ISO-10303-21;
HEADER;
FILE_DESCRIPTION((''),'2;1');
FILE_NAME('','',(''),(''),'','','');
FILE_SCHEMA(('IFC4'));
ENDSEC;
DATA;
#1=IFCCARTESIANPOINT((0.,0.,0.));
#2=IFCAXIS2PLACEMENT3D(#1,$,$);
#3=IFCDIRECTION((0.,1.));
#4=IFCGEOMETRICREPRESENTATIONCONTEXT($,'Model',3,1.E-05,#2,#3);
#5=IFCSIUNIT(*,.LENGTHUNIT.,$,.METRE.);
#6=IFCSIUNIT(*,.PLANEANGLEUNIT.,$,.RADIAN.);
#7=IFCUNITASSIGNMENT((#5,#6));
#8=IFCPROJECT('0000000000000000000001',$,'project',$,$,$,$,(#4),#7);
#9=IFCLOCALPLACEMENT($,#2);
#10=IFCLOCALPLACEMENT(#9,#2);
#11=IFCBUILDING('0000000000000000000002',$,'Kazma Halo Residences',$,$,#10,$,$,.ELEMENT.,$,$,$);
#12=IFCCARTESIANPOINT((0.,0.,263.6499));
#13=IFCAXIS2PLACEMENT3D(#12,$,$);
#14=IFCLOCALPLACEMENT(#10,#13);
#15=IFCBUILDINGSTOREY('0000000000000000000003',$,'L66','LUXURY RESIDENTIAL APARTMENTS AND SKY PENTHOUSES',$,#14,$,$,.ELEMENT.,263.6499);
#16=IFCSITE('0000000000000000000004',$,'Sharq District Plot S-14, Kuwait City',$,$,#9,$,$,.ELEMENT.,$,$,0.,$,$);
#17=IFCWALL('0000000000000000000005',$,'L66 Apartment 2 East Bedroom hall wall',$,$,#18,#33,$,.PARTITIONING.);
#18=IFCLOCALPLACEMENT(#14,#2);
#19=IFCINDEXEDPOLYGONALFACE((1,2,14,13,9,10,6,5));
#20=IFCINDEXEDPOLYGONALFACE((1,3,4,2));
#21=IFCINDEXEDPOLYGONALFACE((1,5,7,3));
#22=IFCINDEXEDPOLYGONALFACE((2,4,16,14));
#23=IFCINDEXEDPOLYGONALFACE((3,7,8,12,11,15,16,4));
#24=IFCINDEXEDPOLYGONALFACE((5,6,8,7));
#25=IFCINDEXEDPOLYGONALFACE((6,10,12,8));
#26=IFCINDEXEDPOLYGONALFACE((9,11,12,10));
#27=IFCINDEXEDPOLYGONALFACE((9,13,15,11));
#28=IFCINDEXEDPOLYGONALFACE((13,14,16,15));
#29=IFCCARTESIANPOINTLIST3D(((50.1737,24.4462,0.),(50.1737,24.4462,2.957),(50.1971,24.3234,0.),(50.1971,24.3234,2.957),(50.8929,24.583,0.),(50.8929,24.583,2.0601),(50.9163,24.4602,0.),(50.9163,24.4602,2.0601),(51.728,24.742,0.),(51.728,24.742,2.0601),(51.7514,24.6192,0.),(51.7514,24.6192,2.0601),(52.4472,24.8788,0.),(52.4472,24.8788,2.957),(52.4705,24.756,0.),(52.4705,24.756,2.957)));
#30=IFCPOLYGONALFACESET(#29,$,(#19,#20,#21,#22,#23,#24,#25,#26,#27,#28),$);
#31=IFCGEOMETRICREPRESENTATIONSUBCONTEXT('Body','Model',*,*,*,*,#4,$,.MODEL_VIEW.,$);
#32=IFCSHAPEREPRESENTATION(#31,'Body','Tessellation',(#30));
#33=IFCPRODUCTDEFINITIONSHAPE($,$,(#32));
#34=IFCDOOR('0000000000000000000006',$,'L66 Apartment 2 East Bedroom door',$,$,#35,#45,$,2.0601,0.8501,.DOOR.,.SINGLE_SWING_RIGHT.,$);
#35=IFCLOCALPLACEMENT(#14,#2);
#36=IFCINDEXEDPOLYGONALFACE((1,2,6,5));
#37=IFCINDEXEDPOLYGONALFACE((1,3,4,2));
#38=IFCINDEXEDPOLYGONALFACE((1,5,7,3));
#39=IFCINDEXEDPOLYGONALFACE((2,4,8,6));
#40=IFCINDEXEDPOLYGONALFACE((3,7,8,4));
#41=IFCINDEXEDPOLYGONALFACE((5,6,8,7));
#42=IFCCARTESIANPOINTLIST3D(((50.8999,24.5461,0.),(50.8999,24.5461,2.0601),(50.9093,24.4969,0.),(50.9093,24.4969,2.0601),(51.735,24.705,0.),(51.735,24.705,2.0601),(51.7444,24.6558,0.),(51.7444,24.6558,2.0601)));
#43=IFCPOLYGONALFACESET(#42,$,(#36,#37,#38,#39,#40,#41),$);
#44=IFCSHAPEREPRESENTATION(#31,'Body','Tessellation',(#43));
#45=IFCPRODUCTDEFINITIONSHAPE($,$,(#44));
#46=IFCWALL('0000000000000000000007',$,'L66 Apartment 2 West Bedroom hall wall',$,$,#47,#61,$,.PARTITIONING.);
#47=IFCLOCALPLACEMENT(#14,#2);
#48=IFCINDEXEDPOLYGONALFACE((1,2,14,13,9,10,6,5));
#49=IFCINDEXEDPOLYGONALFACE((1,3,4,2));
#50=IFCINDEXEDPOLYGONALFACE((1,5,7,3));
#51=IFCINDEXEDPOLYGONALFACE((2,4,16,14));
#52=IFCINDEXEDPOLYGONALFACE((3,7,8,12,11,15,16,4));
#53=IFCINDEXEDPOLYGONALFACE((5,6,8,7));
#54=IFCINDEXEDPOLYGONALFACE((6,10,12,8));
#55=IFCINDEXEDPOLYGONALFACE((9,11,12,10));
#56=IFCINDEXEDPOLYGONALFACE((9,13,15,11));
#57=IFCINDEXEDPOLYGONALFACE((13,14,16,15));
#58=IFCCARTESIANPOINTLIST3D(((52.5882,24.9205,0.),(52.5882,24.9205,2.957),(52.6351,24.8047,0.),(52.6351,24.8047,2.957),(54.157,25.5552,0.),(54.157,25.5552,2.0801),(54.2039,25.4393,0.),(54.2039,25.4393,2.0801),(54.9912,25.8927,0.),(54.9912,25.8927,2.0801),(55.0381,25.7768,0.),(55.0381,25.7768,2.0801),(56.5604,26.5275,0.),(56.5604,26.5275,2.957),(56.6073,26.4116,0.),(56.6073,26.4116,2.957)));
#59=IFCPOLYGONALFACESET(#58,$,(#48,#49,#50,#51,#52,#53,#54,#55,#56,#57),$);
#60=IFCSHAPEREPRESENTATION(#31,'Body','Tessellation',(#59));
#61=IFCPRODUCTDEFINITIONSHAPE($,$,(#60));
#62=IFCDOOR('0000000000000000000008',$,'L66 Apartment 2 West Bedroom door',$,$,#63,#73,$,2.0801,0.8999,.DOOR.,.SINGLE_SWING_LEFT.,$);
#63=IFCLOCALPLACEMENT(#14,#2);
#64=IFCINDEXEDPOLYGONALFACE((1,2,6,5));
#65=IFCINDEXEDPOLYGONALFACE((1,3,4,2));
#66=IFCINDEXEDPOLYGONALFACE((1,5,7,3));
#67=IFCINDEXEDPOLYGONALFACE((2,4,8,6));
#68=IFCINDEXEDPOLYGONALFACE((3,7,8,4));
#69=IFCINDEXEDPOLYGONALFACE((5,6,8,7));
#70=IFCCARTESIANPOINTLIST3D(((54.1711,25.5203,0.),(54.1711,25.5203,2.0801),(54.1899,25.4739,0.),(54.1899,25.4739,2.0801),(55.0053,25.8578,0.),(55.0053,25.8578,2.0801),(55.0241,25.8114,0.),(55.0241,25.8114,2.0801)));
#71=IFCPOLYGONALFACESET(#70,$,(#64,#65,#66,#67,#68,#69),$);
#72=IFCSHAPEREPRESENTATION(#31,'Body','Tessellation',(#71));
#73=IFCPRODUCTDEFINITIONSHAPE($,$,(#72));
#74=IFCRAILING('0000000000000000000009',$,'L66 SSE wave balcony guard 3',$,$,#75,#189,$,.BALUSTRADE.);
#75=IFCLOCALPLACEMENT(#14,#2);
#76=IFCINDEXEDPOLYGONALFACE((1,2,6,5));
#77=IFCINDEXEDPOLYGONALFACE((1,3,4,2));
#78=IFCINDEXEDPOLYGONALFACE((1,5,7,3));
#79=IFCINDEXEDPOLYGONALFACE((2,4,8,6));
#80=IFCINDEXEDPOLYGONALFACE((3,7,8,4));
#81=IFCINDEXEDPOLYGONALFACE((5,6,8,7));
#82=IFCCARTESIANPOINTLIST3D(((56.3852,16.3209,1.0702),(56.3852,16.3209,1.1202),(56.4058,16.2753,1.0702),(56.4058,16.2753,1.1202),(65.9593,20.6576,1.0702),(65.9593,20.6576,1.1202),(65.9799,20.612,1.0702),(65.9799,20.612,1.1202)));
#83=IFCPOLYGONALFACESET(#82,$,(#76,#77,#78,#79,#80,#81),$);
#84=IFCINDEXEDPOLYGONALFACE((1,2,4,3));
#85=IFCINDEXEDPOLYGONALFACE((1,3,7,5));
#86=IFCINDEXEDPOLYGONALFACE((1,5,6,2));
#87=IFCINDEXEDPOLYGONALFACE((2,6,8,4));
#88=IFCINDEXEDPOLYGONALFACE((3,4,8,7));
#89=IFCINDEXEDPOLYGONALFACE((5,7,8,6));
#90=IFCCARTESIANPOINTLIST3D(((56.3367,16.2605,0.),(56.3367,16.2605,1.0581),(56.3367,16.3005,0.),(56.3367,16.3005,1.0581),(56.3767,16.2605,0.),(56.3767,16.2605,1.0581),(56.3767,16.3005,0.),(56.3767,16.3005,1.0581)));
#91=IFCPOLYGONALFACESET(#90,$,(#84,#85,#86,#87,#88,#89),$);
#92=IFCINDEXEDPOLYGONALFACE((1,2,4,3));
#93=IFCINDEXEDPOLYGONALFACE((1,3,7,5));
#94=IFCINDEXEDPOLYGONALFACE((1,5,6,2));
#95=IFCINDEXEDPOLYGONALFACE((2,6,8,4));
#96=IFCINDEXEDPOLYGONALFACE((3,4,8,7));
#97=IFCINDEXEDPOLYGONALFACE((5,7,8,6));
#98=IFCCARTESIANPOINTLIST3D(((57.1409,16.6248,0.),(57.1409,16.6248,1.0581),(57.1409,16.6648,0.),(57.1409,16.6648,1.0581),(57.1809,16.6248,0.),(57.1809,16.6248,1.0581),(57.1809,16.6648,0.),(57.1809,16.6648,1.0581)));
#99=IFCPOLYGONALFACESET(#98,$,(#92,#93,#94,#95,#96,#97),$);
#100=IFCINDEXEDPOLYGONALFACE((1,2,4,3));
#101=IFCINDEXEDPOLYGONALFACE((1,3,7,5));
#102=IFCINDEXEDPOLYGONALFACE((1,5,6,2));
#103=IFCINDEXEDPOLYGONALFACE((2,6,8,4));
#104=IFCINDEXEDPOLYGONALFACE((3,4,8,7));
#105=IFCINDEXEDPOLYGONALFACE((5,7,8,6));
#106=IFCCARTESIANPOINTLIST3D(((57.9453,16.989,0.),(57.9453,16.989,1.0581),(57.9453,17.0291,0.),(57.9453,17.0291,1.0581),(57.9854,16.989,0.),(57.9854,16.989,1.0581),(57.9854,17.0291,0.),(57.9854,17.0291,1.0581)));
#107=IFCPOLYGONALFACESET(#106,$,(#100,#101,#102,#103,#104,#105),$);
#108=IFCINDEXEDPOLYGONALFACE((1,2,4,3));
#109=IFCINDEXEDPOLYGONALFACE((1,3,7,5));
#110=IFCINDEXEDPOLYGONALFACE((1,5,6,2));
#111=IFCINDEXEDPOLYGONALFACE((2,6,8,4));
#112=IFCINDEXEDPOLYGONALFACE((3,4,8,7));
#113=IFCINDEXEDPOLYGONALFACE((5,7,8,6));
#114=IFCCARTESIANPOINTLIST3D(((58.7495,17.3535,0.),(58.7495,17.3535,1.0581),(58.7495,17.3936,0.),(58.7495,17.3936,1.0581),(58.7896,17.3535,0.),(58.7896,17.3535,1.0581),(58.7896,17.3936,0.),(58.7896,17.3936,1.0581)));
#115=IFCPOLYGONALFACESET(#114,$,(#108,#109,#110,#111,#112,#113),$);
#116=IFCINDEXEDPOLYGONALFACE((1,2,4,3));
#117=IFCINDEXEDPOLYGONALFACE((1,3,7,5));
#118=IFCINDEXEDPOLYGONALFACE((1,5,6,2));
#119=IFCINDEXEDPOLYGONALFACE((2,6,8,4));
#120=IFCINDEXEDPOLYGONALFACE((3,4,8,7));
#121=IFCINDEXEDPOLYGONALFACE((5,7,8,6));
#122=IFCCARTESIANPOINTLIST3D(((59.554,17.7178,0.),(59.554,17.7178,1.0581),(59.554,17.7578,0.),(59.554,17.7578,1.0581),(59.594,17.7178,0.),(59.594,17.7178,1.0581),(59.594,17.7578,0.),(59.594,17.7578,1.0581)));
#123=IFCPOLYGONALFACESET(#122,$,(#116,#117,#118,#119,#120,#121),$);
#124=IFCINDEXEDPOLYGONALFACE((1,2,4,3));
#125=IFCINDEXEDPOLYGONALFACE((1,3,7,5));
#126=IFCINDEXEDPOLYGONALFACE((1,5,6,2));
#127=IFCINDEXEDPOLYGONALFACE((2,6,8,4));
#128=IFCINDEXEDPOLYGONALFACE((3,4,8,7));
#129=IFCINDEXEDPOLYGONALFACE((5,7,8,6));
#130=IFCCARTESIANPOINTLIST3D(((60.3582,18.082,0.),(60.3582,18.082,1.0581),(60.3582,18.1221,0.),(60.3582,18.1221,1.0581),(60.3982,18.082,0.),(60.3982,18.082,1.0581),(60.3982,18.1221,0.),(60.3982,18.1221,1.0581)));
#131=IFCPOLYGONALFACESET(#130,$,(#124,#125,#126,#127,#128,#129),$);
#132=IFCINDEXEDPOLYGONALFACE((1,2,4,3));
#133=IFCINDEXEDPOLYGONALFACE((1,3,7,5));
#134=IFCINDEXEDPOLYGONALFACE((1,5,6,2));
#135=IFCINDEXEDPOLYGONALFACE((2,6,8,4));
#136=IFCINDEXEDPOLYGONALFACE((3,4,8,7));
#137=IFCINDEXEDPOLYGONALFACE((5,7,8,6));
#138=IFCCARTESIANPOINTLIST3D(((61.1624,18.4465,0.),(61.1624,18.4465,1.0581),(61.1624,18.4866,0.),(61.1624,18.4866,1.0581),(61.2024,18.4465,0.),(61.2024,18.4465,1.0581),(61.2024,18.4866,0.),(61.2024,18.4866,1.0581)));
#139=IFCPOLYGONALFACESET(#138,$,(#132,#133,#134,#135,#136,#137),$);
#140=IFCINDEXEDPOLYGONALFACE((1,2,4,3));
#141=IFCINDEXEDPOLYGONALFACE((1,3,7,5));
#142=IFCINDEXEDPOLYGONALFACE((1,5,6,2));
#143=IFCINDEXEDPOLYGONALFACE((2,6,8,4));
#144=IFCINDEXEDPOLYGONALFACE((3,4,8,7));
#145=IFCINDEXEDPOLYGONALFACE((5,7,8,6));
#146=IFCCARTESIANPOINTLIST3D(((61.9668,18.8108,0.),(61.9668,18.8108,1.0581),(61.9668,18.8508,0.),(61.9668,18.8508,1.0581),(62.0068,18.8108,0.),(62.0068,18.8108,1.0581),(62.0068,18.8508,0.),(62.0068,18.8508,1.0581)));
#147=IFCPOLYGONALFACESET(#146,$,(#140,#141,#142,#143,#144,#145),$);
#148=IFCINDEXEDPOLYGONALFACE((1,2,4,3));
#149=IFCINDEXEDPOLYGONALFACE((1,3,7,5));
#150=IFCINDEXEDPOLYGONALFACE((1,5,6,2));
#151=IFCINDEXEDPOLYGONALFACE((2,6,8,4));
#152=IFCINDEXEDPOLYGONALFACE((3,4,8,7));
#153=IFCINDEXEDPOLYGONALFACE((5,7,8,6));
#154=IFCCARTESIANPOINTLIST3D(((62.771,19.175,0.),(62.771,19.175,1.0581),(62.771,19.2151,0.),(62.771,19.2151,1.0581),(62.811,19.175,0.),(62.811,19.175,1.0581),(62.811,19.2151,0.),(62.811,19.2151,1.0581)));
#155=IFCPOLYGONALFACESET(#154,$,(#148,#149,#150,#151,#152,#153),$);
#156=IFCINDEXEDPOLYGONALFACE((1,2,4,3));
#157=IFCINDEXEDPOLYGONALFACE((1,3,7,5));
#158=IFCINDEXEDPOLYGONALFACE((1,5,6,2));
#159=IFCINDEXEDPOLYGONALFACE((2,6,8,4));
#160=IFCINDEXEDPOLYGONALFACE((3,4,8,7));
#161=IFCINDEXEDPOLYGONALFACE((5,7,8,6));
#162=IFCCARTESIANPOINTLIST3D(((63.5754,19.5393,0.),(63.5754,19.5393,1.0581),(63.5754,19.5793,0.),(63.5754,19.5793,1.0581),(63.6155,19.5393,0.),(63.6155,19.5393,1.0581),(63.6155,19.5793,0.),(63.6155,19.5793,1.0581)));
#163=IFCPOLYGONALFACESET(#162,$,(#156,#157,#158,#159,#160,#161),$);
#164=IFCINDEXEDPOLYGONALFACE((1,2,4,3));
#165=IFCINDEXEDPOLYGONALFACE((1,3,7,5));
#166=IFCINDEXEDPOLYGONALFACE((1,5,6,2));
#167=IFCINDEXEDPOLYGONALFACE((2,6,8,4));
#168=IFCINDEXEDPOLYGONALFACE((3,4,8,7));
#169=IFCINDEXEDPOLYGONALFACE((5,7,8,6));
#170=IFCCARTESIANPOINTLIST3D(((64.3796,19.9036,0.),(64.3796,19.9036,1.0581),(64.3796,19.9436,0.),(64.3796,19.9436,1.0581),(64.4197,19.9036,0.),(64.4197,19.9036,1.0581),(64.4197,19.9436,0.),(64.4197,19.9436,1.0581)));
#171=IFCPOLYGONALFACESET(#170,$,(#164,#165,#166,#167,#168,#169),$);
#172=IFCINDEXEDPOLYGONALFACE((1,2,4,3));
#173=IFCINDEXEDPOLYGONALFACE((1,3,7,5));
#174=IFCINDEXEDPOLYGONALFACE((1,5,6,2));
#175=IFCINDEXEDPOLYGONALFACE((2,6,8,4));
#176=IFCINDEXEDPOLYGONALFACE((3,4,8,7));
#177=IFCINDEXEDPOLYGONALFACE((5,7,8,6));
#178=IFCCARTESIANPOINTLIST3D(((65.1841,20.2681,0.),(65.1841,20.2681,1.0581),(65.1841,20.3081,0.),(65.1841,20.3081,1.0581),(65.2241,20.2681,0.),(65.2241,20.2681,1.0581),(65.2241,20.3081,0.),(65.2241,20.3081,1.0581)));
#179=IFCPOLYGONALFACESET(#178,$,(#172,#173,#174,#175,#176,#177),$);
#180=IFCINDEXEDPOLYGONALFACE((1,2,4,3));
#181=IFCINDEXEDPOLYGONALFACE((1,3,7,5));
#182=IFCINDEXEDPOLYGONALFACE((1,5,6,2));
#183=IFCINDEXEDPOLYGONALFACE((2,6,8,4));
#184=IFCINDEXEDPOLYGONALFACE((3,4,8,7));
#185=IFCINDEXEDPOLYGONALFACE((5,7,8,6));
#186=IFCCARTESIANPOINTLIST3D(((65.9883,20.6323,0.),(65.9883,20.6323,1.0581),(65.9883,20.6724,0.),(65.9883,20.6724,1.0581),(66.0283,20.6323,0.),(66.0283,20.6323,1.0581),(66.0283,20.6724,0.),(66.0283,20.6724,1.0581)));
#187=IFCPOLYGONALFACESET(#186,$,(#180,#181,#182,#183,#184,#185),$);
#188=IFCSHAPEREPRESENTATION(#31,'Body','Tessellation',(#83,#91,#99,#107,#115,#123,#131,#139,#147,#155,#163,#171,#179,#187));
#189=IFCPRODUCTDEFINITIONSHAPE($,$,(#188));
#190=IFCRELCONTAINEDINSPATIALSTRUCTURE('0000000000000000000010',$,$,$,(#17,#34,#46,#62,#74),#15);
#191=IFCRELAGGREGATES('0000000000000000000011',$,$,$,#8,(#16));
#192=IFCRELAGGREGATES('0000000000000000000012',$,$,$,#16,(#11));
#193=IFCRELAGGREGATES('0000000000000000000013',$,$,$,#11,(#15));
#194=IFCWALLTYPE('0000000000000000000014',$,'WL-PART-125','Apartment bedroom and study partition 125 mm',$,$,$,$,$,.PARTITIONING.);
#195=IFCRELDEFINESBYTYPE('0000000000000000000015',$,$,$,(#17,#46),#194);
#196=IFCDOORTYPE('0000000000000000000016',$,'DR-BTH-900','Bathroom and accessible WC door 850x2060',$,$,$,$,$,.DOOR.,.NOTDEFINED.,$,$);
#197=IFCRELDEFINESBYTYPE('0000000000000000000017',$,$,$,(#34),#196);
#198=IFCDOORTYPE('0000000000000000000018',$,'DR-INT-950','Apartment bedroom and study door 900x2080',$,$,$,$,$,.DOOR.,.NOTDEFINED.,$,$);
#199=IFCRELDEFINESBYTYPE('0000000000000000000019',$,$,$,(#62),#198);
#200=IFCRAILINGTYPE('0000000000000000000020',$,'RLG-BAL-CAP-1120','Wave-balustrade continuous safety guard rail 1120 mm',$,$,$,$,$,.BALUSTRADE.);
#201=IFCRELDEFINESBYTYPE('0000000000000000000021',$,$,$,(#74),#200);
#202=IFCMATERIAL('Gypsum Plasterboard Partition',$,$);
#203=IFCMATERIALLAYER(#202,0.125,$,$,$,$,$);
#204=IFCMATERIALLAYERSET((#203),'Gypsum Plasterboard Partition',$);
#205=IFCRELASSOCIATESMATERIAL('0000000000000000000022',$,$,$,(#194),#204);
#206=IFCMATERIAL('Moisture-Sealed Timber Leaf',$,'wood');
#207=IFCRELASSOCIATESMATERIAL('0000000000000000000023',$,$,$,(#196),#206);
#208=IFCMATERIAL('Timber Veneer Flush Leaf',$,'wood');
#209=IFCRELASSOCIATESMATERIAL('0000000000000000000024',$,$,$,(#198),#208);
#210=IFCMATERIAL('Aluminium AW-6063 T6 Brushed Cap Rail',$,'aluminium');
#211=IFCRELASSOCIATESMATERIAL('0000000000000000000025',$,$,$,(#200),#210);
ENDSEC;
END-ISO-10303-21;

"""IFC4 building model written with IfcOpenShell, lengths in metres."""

from ifc_helpers import new_model, si_unit, direction, frame, frame_2d, origin, origin_2d, place, context, subcontext, project, spatial, rectangle, extrude, material, layer, layer_set, type_object, element, fill, save


model = new_model("IFC4")

# Units and contexts
model_context = context("Model", 3, precision=1e-05, world=origin(), true_north=direction((0.0, 1.0)))
body_context = subcontext(model_context, "Body", "Model", "MODEL_VIEW")
ifc_project = project(units=[si_unit("LENGTHUNIT", "METRE"), si_unit("PLANEANGLEUNIT", "RADIAN")], contexts=[model_context])

# Site, building, storey
site_placement = place(None, origin())
site = spatial("IfcSite", under=ifc_project, at=site_placement, Name="Sharq District Plot S-14, Kuwait City", CompositionType="ELEMENT", RefElevation=0.0)
building_placement = place(site_placement, origin())
building = spatial("IfcBuilding", under=site, at=building_placement, Name="Kazma Halo Residences", CompositionType="ELEMENT")
storey_placement = place(building_placement, frame((0.0, 0.0, 263.6499)))
storey = spatial("IfcBuildingStorey", under=building, at=storey_placement, Name="L66", Description="LUXURY RESIDENTIAL APARTMENTS AND SKY PENTHOUSES", CompositionType="ELEMENT", Elevation=263.6499)

# Shared definitions
ifc_material_1 = material(Name="Gypsum Plasterboard Partition")
ifc_layer_1 = layer(ifc_material_1, 0.125)
ifc_layer_set_1 = layer_set([ifc_layer_1], Name="Gypsum Plasterboard Partition")
wall_type_1 = type_object("IfcWallType", Name="WL-PART-125", Description="Apartment bedroom and study partition 125 mm", PredefinedType="PARTITIONING", material=ifc_layer_set_1)

# Shared definitions
ifc_material_2 = material(Name="Moisture-Sealed Timber Leaf", Category="wood")
door_type_1 = type_object("IfcDoorType", Name="DR-BTH-900", Description="Bathroom and accessible WC door 850x2060", OperationType="NOTDEFINED", PredefinedType="DOOR", material=ifc_material_2)

# Walls, openings, doors
wall_1_placement = place(storey_placement, frame((50.1853, 24.3848, 0.0), z_axis=(0.0, 0.0, 1.0), x_axis=(0.982372, 0.186938, 0.0)))
wall_1 = element("IfcWall", 1, at=wall_1_placement, inside=storey, type_object=wall_type_1, Name="L66 Apartment 2 East Bedroom hall wall", PredefinedType="PARTITIONING", context=body_context, shape_type="SweptSolid", body=[
    extrude(rectangle(XDim=2.3142, YDim=0.125, at=frame_2d((1.1572, 0.0))), origin(), (0.0, 0.0, 1.0), 2.957),
])
opening_1_placement = place(wall_1_placement, frame((0.7322, 0.0, 0.0)))
opening_1 = element("IfcOpeningElement", 2, at=opening_1_placement, cuts=wall_1, PredefinedType="OPENING", context=body_context, shape_type="SweptSolid", body=[
    extrude(rectangle(XDim=0.8501, YDim=2.0601, at=frame_2d((0.425, 1.03))), frame((0.0, 0.0725, 0.0), z_axis=(0.0, -1.0, 0.0), x_axis=(1.0, 0.0, 0.0)), (0.0, 0.0, 1.0), 0.145),
])
door_1_placement = place(opening_1_placement, origin())
door_1 = element("IfcDoor", 3, at=door_1_placement, inside=storey, type_object=door_type_1, Name="L66 Apartment 2 East Bedroom door", OperationType="SINGLE_SWING_RIGHT", OverallHeight=2.0601, OverallWidth=0.8501, PredefinedType="DOOR", context=body_context, shape_type="SweptSolid", body=[
    extrude(rectangle(XDim=0.8501, YDim=2.0601, at=frame_2d((0.425, 1.03))), frame((0.0, 0.0249, 0.0), z_axis=(0.0, -1.0, 0.0), x_axis=(1.0, 0.0, 0.0)), (0.0, 0.0, 1.0), 0.05),
])
fill(opening_1, door_1)
wall_2_placement = place(storey_placement, frame((52.6116, 24.8625, 0.0), z_axis=(0.0, 0.0, 1.0), x_axis=(0.927016, 0.375023, 0.0)))
wall_2 = element("IfcWall", 4, at=wall_2_placement, inside=storey, type_object=wall_type_1, Name="L66 Apartment 2 West Bedroom hall wall", PredefinedType="PARTITIONING", context=body_context, shape_type="SweptSolid", body=[
    extrude(rectangle(XDim=4.2849, YDim=0.125, at=frame_2d((2.1426, 0.0))), origin(), (0.0, 0.0, 1.0), 2.957),
])
opening_2_placement = place(wall_2_placement, frame((1.6924, 0.0, 0.0)))
opening_2 = element("IfcOpeningElement", 5, at=opening_2_placement, cuts=wall_2, PredefinedType="OPENING", context=body_context, shape_type="SweptSolid", body=[
    extrude(rectangle(XDim=0.8999, YDim=2.0801, at=frame_2d((0.45, 1.04))), frame((0.0, 0.0725, 0.0), z_axis=(0.0, -1.0, 0.0), x_axis=(1.0, 0.0, 0.0)), (0.0, 0.0, 1.0), 0.145),
])
ifc_material_3 = material(Name="Timber Veneer Flush Leaf", Category="wood")
door_type_2 = type_object("IfcDoorType", Name="DR-INT-950", Description="Apartment bedroom and study door 900x2080", OperationType="NOTDEFINED", PredefinedType="DOOR", material=ifc_material_3)
door_2_placement = place(opening_2_placement, origin())
door_2 = element("IfcDoor", 6, at=door_2_placement, inside=storey, type_object=door_type_2, Name="L66 Apartment 2 West Bedroom door", OperationType="SINGLE_SWING_LEFT", OverallHeight=2.0801, OverallWidth=0.8999, PredefinedType="DOOR", context=body_context, shape_type="SweptSolid", body=[
    extrude(rectangle(XDim=0.8999, YDim=2.0801, at=frame_2d((0.45, 1.04))), frame((0.0, 0.0249, 0.0), z_axis=(0.0, -1.0, 0.0), x_axis=(1.0, 0.0, 0.0)), (0.0, 0.0, 1.0), 0.05),
])
fill(opening_2, door_2)

# Railing
ifc_material_4 = material(Name="Aluminium AW-6063 T6 Brushed Cap Rail", Category="aluminium")
railing_type = type_object("IfcRailingType", Name="RLG-BAL-CAP-1120", Description="Wave-balustrade continuous safety guard rail 1120 mm", PredefinedType="BALUSTRADE", material=ifc_material_4)
railing_placement = place(storey_placement, frame((56.3567, 16.2805, 0.0)))
element("IfcRailing", 7, at=railing_placement, inside=storey, type_object=railing_type, Name="L66 SSE wave balcony guard 3", PredefinedType="BALUSTRADE", context=body_context, shape_type="SweptSolid", body=[
    extrude(rectangle(XDim=0.05, YDim=0.05, at=origin_2d()), frame((0.0388, 0.0176, 1.0952), z_axis=(0.910909, 0.412608, 0.0), x_axis=(-0.412608, 0.910909, 0.0)), (0.0, 0.0, 1.0), 10.5105),
    extrude(rectangle(XDim=0.04, YDim=0.04, at=origin_2d()), origin(), (0.0, 0.0, 1.0), 1.0581),
    extrude(rectangle(XDim=0.04, YDim=0.04, at=origin_2d()), frame((0.8042, 0.3643, 0.0)), (0.0, 0.0, 1.0), 1.0581),
    extrude(rectangle(XDim=0.04, YDim=0.04, at=origin_2d()), frame((1.6086, 0.7285, 0.0)), (0.0, 0.0, 1.0), 1.0581),
    extrude(rectangle(XDim=0.04, YDim=0.04, at=origin_2d()), frame((2.4128, 1.093, 0.0)), (0.0, 0.0, 1.0), 1.0581),
    extrude(rectangle(XDim=0.04, YDim=0.04, at=origin_2d()), frame((3.2173, 1.4573, 0.0)), (0.0, 0.0, 1.0), 1.0581),
    extrude(rectangle(XDim=0.04, YDim=0.04, at=origin_2d()), frame((4.0215, 1.8215, 0.0)), (0.0, 0.0, 1.0), 1.0581),
    extrude(rectangle(XDim=0.04, YDim=0.04, at=origin_2d()), frame((4.8257, 2.186, 0.0)), (0.0, 0.0, 1.0), 1.0581),
    extrude(rectangle(XDim=0.04, YDim=0.04, at=origin_2d()), frame((5.6301, 2.5503, 0.0)), (0.0, 0.0, 1.0), 1.0581),
    extrude(rectangle(XDim=0.04, YDim=0.04, at=origin_2d()), frame((6.4343, 2.9146, 0.0)), (0.0, 0.0, 1.0), 1.0581),
    extrude(rectangle(XDim=0.04, YDim=0.04, at=origin_2d()), frame((7.2388, 3.2788, 0.0)), (0.0, 0.0, 1.0), 1.0581),
    extrude(rectangle(XDim=0.04, YDim=0.04, at=origin_2d()), frame((8.043, 3.6431, 0.0)), (0.0, 0.0, 1.0), 1.0581),
    extrude(rectangle(XDim=0.04, YDim=0.04, at=origin_2d()), frame((8.8474, 4.0076, 0.0)), (0.0, 0.0, 1.0), 1.0581),
    extrude(rectangle(XDim=0.04, YDim=0.04, at=origin_2d()), frame((9.6516, 4.3718, 0.0)), (0.0, 0.0, 1.0), 1.0581),
])

save(model, "model.ifc")
